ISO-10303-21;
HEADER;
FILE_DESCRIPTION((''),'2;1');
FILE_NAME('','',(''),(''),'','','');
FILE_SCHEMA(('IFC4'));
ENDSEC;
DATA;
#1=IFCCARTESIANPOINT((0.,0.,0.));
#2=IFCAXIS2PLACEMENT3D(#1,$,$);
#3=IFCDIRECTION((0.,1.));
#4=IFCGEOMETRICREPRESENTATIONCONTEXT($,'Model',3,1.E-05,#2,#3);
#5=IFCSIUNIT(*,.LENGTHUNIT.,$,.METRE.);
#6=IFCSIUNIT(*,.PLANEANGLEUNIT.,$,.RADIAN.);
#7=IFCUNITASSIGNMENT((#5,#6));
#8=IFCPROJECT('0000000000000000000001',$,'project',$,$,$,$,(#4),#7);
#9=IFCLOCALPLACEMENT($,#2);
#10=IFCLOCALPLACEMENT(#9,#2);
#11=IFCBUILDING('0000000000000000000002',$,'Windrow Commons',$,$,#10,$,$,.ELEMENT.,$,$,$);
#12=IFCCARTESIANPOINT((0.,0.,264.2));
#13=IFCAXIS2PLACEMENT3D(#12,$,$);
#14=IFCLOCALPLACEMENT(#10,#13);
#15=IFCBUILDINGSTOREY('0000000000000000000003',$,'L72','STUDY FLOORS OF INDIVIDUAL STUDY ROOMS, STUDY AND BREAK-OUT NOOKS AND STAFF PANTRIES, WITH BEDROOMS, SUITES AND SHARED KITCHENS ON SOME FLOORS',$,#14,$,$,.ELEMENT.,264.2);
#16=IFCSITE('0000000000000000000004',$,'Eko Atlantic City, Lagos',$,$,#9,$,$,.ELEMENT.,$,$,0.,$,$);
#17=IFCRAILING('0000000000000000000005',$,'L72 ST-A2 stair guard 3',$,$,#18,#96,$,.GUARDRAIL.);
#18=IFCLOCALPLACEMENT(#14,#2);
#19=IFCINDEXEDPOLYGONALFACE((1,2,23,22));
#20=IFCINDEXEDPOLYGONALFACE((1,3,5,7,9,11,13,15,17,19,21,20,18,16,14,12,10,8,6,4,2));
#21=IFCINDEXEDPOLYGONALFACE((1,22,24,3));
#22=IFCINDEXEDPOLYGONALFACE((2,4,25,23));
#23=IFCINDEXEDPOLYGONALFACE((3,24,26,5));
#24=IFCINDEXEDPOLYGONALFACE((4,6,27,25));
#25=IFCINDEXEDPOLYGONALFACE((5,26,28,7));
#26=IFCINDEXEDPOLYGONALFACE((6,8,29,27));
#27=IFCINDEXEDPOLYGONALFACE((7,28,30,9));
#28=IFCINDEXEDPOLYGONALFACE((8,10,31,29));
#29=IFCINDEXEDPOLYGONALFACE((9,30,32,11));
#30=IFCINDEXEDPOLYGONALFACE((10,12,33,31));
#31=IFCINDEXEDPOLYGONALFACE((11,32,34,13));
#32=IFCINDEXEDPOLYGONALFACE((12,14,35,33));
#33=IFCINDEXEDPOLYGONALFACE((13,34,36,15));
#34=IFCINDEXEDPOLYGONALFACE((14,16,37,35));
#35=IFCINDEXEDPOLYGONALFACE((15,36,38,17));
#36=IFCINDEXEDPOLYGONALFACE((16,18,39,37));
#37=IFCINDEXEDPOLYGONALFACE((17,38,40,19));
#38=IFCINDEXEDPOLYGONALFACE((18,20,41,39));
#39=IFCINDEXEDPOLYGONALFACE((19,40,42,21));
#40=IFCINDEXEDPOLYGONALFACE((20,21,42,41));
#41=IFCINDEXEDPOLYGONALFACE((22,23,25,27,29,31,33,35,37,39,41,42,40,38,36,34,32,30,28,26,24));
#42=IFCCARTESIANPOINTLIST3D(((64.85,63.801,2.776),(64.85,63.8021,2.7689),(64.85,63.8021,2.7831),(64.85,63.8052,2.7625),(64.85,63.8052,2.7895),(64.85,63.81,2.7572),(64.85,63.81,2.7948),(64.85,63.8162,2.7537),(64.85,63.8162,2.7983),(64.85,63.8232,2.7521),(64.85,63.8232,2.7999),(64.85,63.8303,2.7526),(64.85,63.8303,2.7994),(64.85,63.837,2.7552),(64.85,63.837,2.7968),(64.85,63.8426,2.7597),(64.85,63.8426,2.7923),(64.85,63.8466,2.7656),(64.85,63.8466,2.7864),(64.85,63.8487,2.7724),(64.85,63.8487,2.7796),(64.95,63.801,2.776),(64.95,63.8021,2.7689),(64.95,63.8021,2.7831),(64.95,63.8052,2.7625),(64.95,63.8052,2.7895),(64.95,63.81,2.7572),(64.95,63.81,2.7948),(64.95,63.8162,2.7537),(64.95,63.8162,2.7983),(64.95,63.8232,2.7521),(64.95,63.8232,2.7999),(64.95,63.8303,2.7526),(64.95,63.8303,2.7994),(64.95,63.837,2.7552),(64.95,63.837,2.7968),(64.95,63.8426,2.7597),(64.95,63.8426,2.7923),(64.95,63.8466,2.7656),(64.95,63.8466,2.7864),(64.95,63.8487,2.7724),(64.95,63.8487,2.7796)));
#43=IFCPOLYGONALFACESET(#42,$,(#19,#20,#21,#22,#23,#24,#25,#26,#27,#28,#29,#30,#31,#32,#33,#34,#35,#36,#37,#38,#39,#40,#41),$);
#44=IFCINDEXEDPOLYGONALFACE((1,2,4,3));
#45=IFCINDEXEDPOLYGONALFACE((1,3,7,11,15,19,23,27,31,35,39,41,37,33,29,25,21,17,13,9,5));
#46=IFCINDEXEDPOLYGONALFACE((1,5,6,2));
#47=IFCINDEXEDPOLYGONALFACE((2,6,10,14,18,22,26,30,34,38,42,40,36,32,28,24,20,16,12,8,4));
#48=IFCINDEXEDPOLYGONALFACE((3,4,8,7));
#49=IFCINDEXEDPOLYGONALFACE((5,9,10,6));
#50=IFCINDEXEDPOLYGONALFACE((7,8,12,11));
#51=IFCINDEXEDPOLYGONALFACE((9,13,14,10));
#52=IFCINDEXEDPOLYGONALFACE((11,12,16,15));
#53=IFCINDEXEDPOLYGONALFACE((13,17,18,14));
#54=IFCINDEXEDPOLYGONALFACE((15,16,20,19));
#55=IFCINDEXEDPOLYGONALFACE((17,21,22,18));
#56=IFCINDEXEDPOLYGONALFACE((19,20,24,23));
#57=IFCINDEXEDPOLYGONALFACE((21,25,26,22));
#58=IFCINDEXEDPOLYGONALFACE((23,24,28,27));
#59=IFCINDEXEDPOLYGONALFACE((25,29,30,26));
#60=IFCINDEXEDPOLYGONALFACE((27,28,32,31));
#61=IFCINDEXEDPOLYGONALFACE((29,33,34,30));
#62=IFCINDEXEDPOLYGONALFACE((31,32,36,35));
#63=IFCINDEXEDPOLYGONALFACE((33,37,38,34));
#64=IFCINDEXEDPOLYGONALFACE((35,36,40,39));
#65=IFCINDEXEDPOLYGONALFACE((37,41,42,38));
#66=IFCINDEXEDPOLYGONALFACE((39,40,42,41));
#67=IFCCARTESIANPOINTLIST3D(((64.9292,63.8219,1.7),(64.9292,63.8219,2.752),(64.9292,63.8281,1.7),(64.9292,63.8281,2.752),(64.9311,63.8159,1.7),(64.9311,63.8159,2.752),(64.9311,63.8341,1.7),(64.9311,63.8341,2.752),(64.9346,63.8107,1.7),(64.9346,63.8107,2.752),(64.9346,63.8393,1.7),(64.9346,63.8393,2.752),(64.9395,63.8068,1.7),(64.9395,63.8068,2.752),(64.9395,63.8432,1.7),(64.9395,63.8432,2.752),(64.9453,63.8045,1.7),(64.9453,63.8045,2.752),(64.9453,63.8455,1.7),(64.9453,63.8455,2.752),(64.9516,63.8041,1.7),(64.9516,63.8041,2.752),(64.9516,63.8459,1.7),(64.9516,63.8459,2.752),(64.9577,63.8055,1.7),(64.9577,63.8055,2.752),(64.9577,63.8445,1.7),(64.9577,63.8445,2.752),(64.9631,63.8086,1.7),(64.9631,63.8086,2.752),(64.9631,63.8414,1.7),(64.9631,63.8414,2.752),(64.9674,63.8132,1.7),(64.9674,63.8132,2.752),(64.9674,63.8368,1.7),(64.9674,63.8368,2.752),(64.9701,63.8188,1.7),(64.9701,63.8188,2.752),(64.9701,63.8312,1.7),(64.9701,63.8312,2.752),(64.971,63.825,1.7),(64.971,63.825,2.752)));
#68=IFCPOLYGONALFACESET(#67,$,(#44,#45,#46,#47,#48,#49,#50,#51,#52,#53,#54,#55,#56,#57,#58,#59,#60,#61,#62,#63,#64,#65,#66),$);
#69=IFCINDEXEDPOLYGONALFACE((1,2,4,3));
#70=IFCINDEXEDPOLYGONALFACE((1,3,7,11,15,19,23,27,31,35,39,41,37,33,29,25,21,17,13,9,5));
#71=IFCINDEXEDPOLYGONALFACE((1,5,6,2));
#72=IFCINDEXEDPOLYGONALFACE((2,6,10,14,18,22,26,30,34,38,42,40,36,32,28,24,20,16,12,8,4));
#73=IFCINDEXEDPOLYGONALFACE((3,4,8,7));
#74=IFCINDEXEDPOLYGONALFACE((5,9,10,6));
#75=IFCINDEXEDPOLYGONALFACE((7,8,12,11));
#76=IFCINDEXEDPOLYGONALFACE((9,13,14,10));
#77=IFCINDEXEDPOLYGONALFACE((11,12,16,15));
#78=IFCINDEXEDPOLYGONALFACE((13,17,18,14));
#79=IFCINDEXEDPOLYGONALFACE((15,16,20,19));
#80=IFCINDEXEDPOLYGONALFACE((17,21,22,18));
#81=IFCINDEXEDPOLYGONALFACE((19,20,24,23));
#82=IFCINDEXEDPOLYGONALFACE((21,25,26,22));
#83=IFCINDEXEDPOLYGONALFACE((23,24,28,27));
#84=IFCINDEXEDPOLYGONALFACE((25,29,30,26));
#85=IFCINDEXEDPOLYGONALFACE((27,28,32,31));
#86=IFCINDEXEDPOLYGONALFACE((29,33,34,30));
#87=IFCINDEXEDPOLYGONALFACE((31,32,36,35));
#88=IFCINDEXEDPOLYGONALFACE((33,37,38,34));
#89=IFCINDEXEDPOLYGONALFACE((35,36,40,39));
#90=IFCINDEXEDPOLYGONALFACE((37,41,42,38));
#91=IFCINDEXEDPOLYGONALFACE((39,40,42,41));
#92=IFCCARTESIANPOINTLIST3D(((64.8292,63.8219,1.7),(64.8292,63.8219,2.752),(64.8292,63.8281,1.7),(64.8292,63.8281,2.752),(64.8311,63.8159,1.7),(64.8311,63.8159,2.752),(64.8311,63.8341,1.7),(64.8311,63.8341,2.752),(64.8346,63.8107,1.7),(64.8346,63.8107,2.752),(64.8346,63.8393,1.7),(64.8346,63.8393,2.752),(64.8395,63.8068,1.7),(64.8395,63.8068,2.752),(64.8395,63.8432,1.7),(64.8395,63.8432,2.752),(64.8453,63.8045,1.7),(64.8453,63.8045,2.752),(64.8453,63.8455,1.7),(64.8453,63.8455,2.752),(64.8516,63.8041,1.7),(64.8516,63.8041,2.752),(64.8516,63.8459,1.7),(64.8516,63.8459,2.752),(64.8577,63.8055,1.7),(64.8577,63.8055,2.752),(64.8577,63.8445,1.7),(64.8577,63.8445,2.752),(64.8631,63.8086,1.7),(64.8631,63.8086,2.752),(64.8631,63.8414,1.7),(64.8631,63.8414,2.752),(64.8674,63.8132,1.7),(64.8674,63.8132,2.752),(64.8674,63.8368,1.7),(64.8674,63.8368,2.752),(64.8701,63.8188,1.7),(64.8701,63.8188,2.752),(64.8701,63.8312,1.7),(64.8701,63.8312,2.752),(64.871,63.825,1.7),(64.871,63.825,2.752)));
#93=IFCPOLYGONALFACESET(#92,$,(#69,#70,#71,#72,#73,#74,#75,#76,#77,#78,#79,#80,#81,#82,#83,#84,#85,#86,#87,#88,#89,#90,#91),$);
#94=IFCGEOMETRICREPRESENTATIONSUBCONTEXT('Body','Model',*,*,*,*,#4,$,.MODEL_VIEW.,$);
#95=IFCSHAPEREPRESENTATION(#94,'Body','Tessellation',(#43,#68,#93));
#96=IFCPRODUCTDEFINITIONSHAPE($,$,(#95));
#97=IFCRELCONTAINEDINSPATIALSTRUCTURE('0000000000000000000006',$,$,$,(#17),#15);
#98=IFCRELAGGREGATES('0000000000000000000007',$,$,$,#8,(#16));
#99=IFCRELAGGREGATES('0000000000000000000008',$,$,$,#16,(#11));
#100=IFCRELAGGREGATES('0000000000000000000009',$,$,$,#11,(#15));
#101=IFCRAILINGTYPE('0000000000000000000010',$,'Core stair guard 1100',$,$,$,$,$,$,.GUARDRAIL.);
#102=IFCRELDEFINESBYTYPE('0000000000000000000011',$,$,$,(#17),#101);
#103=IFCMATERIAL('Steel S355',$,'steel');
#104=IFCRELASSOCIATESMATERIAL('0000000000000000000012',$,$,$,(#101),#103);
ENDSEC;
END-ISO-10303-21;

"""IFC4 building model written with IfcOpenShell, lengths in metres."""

from ifc_helpers import new_model, si_unit, direction, frame, origin, origin_2d, place, context, subcontext, project, spatial, circle, extrude, material, type_object, element, save


model = new_model("IFC4")

# Units and contexts
model_context = context("Model", 3, precision=1e-05, world=origin(), true_north=direction((0.0, 1.0)))
body_context = subcontext(model_context, "Body", "Model", "MODEL_VIEW")
ifc_project = project(units=[si_unit("LENGTHUNIT", "METRE"), si_unit("PLANEANGLEUNIT", "RADIAN")], contexts=[model_context])

# Site, building, storey
site_placement = place(None, origin())
site = spatial("IfcSite", under=ifc_project, at=site_placement, Name="Eko Atlantic City, Lagos", CompositionType="ELEMENT", RefElevation=0.0)
building_placement = place(site_placement, origin())
building = spatial("IfcBuilding", under=site, at=building_placement, Name="Windrow Commons", CompositionType="ELEMENT")
storey_placement = place(building_placement, frame((0.0, 0.0, 264.2)))
storey = spatial("IfcBuildingStorey", under=building, at=storey_placement, Name="L72", Description="STUDY FLOORS OF INDIVIDUAL STUDY ROOMS, STUDY AND BREAK-OUT NOOKS AND STAFF PANTRIES, WITH BEDROOMS, SUITES AND SHARED KITCHENS ON SOME FLOORS", CompositionType="ELEMENT", Elevation=264.2)

# Railing
ifc_material_1 = material(Name="Steel S355", Category="steel")
railing_type_1 = type_object("IfcRailingType", Name="Core stair guard 1100", PredefinedType="GUARDRAIL", material=ifc_material_1)
railing_1_placement = place(storey_placement, frame((64.95, 63.825, 1.7)))
element("IfcRailing", 1, at=railing_1_placement, inside=storey, type_object=railing_type_1, Name="L72 ST-A2 stair guard 3", PredefinedType="GUARDRAIL", context=body_context, shape_type="SweptSolid", body=[
    extrude(circle(Radius=0.024, at=origin_2d()), frame((0.0, 0.0, 1.076), z_axis=(-1.0, 0.0, 0.0), x_axis=(0.0, -1.0, 0.0)), (0.0, 0.0, 1.0), 0.1),
    extrude(circle(Radius=0.021, at=origin_2d()), origin(), (0.0, 0.0, 1.0), 1.052),
    extrude(circle(Radius=0.021, at=origin_2d()), frame((-0.1, 0.0, 0.0)), (0.0, 0.0, 1.0), 1.052),
])

save(model, "model.ifc")
